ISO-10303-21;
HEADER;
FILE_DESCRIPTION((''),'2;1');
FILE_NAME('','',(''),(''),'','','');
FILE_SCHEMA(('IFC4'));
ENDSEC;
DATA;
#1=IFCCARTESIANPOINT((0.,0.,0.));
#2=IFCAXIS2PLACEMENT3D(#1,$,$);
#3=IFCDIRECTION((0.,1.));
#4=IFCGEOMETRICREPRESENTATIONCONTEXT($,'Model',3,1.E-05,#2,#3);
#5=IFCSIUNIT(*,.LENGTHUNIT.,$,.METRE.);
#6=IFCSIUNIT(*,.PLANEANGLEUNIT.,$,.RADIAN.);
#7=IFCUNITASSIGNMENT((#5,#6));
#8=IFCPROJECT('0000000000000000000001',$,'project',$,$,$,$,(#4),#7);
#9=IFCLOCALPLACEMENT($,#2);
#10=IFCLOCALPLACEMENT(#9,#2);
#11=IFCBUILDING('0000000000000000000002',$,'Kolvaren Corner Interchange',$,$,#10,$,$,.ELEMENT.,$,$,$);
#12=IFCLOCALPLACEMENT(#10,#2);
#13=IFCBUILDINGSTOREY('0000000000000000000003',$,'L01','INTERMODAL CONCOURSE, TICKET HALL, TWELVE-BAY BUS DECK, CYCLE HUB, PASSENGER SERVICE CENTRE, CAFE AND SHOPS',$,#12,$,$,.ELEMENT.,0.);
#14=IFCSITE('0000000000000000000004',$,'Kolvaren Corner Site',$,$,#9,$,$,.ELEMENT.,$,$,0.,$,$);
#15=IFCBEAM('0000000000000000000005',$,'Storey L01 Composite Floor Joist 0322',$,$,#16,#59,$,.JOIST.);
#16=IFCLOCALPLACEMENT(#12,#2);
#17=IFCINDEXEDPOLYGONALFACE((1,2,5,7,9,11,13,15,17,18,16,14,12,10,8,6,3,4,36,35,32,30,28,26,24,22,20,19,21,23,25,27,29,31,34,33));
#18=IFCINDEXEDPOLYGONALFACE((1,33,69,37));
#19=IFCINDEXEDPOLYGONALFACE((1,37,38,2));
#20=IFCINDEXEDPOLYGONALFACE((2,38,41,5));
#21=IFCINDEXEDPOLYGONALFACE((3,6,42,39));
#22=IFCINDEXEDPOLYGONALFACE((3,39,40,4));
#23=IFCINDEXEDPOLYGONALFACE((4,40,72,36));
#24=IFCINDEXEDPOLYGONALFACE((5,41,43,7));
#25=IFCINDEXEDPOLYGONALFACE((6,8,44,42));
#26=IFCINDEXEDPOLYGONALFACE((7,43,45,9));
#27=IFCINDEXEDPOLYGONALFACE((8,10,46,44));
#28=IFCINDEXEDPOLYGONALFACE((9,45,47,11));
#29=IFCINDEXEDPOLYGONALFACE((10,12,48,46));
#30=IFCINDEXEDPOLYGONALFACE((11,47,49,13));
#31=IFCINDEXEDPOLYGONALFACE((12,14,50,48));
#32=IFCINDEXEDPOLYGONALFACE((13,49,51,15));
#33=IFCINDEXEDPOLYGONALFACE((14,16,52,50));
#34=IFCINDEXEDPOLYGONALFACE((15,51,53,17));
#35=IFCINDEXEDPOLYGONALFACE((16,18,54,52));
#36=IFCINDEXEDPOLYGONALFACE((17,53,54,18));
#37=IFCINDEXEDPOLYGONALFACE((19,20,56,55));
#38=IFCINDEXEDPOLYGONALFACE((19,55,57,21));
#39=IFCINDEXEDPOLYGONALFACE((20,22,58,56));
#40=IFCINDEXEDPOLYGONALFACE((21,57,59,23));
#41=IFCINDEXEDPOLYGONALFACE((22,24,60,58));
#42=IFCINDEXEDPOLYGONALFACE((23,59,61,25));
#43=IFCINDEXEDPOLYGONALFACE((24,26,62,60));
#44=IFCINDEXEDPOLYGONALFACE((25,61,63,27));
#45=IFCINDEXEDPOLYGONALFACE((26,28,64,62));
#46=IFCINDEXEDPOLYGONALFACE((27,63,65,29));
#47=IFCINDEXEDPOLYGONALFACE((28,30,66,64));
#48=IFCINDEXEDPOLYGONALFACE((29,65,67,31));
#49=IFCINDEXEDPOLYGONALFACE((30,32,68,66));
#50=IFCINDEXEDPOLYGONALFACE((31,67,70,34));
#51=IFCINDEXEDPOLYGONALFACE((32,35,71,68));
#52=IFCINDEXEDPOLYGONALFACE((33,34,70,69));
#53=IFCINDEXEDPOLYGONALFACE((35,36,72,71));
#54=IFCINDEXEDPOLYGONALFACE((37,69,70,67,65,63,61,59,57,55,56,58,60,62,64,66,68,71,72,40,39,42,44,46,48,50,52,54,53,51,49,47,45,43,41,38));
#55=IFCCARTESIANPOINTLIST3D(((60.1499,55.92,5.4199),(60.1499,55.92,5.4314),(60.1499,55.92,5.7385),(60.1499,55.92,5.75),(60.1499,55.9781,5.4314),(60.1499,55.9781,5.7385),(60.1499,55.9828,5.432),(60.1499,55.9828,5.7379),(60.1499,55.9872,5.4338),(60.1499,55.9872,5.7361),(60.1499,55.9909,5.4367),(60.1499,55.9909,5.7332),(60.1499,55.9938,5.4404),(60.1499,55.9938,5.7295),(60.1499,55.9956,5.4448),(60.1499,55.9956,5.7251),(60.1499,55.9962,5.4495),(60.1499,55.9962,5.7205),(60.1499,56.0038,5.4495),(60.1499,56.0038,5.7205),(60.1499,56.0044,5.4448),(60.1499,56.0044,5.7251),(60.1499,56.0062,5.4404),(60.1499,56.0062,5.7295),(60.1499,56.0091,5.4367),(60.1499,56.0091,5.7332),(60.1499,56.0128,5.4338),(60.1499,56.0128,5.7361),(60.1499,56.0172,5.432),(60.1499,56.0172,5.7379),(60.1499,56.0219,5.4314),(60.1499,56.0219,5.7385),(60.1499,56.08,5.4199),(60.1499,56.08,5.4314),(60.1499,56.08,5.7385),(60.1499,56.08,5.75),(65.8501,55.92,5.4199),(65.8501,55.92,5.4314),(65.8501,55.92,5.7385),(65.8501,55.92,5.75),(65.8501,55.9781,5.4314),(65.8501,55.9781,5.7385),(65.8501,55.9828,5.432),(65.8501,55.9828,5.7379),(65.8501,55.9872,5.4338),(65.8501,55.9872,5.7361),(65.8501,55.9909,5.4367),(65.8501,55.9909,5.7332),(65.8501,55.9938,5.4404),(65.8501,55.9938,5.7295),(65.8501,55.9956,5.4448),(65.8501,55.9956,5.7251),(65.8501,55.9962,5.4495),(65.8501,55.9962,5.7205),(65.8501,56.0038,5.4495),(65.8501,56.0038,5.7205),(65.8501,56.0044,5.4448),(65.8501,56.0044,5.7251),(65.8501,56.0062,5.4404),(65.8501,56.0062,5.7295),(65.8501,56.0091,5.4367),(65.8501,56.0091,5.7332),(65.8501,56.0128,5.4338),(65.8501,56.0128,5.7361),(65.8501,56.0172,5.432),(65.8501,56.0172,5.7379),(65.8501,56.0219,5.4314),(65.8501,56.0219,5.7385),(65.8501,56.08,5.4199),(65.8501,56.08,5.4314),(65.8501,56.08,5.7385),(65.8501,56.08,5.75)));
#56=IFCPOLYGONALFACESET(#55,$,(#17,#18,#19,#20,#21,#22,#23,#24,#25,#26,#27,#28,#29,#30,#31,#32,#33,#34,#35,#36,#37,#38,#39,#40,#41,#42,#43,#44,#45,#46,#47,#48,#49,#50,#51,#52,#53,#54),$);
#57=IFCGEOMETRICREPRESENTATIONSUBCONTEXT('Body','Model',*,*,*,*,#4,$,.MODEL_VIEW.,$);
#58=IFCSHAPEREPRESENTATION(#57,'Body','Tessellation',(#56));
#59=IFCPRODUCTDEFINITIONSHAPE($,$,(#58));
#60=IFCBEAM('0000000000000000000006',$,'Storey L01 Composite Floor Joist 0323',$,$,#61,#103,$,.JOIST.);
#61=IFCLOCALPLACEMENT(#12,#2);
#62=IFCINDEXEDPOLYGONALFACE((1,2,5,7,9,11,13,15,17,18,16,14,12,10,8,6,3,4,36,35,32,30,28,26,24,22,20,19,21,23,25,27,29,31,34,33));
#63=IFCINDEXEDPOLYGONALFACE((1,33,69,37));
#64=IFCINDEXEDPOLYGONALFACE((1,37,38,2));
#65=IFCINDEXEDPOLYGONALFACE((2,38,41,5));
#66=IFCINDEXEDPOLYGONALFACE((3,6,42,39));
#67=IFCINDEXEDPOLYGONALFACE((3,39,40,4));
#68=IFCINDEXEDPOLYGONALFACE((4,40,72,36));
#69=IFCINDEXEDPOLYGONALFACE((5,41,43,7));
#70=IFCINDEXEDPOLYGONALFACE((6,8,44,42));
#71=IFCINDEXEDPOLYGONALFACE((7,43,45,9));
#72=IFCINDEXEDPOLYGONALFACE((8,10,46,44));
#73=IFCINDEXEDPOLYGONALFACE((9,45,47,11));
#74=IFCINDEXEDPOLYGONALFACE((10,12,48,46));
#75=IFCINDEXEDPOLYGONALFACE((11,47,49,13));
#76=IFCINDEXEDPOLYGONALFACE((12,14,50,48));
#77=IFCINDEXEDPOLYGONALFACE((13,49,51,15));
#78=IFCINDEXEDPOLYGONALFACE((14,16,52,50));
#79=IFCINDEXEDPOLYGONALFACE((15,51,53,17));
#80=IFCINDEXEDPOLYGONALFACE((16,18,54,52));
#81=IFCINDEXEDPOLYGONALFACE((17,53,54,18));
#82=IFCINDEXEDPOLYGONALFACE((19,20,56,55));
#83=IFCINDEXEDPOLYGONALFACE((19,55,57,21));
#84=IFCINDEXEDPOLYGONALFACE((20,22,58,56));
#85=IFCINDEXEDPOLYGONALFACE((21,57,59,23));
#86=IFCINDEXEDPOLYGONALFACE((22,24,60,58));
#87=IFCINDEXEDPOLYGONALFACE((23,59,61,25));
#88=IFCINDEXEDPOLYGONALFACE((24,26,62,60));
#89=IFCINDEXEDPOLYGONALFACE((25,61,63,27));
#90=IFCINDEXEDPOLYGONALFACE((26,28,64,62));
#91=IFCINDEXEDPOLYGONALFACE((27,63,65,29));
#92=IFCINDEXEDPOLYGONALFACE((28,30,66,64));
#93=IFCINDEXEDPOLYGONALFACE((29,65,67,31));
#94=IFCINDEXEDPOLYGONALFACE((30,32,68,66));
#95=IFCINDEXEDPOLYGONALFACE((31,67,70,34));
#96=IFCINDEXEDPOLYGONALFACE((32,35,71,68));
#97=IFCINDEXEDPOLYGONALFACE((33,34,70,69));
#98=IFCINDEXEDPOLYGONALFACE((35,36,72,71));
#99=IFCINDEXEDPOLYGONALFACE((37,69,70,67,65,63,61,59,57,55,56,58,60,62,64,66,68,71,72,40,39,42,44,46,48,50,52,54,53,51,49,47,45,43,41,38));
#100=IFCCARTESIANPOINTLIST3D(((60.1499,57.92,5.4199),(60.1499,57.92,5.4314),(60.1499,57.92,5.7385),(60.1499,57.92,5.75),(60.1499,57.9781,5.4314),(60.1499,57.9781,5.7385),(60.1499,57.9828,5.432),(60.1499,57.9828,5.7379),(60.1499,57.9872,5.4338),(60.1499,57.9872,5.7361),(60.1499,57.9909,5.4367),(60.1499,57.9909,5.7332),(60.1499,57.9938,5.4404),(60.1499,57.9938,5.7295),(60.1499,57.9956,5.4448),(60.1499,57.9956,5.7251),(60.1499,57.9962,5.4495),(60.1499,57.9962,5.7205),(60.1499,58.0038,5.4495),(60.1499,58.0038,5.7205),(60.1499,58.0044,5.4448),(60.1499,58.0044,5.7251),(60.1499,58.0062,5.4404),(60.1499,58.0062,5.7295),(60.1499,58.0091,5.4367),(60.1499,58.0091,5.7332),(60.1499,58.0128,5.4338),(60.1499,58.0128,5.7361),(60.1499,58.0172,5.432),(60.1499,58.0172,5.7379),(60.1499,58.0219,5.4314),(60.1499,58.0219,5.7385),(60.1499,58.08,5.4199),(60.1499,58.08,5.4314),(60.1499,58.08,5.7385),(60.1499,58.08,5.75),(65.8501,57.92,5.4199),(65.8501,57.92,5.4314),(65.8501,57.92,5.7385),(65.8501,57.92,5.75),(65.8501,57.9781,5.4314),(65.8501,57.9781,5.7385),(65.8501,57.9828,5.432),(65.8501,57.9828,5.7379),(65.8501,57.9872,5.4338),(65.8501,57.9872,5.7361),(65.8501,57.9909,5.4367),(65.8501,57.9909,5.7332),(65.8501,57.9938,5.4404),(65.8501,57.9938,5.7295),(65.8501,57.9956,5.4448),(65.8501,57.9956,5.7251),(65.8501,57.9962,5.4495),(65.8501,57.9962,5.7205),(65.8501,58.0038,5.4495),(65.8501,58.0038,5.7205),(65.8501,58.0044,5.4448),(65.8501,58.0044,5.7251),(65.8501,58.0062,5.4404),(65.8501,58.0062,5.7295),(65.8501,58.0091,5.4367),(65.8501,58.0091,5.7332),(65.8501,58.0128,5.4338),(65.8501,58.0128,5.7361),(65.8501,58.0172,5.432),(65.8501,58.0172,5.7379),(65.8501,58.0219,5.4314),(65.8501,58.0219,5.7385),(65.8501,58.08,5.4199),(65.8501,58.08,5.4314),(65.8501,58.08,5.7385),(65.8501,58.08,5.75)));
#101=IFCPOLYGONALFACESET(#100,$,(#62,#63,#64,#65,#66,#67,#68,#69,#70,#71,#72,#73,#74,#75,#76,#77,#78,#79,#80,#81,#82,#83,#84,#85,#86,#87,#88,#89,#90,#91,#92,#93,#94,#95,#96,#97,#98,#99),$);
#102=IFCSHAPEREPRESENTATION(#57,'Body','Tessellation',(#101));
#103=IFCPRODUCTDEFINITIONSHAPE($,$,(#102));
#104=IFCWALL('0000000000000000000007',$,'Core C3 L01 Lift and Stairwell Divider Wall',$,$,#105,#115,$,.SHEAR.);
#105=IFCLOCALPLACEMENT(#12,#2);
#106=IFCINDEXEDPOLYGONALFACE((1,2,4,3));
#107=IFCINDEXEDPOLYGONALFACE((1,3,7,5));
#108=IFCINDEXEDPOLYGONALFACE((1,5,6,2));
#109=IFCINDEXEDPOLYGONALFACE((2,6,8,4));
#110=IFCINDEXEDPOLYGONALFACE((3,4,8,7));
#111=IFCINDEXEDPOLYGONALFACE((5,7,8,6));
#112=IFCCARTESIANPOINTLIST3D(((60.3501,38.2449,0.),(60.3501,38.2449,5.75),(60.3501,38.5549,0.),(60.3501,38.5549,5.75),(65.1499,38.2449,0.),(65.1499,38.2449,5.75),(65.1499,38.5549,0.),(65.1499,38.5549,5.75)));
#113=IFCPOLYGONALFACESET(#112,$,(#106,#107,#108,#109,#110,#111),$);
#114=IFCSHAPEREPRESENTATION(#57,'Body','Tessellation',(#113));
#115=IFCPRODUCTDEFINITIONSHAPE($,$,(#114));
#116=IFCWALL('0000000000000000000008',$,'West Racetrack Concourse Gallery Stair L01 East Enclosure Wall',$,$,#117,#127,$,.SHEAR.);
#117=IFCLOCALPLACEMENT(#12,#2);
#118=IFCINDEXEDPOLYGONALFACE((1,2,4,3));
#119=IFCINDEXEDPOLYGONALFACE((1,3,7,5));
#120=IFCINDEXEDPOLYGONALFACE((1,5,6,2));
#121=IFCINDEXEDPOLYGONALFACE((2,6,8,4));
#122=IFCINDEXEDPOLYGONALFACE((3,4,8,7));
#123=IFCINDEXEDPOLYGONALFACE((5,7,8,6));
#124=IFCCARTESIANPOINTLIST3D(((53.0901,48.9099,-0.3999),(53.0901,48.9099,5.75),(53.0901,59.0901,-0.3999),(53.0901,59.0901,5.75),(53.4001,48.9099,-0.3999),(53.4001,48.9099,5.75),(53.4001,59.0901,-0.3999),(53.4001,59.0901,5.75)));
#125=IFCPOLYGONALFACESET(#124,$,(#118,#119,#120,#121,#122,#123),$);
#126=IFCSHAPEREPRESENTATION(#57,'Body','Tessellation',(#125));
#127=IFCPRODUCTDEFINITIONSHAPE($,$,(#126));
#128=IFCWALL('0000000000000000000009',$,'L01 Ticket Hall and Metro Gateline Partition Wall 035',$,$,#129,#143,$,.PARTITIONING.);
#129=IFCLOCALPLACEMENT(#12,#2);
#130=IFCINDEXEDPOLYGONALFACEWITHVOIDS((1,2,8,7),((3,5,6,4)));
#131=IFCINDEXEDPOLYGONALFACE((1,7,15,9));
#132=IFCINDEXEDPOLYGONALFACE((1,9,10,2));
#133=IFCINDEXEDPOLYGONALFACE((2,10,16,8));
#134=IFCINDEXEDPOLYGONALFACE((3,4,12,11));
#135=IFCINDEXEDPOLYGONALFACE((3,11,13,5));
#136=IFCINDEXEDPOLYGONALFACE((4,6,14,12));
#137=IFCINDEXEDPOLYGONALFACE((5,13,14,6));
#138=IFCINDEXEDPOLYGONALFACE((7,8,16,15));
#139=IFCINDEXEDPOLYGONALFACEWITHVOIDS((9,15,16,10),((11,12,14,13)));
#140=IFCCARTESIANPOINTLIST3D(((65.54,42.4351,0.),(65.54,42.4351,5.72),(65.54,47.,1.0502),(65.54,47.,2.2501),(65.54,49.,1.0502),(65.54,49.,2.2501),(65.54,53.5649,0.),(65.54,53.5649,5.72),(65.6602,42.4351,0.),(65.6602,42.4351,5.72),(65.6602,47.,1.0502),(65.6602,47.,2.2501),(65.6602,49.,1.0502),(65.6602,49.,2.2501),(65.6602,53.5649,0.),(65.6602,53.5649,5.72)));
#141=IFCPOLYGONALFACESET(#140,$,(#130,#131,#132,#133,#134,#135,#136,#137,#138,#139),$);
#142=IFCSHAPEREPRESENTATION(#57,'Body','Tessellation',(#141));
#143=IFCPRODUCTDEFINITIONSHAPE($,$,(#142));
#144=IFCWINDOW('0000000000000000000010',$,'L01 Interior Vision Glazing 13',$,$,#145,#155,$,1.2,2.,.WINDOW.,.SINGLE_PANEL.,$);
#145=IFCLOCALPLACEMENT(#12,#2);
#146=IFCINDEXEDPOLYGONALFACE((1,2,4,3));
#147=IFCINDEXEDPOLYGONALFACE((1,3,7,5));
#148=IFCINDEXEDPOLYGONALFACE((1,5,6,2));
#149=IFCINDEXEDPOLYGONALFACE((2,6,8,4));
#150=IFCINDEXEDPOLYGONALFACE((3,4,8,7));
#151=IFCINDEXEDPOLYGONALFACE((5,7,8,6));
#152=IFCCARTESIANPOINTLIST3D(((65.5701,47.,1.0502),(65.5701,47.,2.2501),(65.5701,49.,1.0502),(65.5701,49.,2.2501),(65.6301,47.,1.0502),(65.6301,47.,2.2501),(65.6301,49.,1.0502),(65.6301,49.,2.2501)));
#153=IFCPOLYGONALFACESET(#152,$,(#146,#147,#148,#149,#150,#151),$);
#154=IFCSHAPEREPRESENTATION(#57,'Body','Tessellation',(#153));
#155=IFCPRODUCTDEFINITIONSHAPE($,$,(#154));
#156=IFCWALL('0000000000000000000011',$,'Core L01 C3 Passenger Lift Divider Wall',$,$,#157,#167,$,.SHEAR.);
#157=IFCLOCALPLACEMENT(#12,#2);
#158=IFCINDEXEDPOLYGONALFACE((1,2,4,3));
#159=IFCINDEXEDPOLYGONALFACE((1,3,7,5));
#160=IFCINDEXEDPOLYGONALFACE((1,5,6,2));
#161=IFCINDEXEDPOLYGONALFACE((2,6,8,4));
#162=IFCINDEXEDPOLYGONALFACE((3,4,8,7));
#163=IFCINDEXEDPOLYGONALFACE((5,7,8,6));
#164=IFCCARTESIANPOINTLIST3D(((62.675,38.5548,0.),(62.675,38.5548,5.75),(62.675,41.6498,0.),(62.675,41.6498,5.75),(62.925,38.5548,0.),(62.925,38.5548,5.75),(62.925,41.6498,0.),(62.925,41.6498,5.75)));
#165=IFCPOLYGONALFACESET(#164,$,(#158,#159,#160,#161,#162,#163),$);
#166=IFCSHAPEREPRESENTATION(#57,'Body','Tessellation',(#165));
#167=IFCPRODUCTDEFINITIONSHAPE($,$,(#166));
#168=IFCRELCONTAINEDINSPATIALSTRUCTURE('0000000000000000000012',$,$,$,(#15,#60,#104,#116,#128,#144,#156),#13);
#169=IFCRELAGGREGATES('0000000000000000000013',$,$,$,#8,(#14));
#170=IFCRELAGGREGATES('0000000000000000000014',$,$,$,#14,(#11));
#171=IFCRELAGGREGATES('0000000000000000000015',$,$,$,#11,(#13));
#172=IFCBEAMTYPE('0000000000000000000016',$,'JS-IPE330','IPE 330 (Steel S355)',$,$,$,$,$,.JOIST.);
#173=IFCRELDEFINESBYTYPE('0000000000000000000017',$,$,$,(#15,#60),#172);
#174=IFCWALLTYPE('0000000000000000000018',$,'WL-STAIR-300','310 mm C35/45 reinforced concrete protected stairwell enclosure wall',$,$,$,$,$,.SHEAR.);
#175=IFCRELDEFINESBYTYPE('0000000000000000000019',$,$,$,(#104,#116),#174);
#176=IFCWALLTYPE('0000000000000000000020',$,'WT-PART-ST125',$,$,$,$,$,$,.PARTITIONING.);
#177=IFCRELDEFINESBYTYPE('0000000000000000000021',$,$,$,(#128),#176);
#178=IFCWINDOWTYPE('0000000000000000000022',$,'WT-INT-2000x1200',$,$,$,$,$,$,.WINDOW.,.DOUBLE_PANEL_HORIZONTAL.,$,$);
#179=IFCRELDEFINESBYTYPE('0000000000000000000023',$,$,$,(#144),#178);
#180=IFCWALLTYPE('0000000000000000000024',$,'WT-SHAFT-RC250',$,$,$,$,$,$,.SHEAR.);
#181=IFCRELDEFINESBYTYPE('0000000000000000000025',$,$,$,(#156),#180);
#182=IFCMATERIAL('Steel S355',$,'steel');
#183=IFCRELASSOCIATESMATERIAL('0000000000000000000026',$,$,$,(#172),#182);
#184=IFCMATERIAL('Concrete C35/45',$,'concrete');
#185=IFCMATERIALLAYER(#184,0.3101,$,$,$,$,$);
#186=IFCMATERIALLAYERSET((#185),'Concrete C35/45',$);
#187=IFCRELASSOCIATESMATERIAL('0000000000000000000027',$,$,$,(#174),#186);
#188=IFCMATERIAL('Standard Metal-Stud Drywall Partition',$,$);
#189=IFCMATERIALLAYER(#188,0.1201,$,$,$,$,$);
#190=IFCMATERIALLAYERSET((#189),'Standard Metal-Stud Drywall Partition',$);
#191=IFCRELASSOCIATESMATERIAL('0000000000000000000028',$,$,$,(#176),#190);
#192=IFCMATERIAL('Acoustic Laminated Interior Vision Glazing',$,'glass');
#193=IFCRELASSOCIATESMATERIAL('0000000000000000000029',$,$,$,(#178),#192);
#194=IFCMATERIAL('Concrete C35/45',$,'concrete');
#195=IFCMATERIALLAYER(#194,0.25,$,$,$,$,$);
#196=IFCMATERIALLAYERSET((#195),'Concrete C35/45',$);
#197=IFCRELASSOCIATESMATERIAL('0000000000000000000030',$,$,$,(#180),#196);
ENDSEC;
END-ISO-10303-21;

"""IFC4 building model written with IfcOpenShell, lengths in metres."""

from ifc_helpers import new_model, si_unit, direction, frame, frame_2d, origin, origin_2d, place, context, subcontext, project, spatial, rectangle, i_section, extrude, material, layer, layer_set, material_profile, profile_set, type_object, element, fill, save


model = new_model("IFC4")

# Units and contexts
model_context = context("Model", 3, precision=1e-05, world=origin(), true_north=direction((0.0, 1.0)))
body_context = subcontext(model_context, "Body", "Model", "MODEL_VIEW")
ifc_project = project(units=[si_unit("LENGTHUNIT", "METRE"), si_unit("PLANEANGLEUNIT", "RADIAN")], contexts=[model_context])

# Site, building, storey
site_placement = place(None, origin())
site = spatial("IfcSite", under=ifc_project, at=site_placement, Name="Kolvaren Corner Site", CompositionType="ELEMENT", RefElevation=0.0)
building_placement = place(site_placement, origin())
building = spatial("IfcBuilding", under=site, at=building_placement, Name="Kolvaren Corner Interchange", CompositionType="ELEMENT")
storey_placement = place(building_placement, origin())
storey = spatial("IfcBuildingStorey", under=building, at=storey_placement, Name="L01", Description="INTERMODAL CONCOURSE, TICKET HALL, TWELVE-BAY BUS DECK, CYCLE HUB, PASSENGER SERVICE CENTRE, CAFE AND SHOPS", CompositionType="ELEMENT", Elevation=0.0)

# Beams
ifc_material_1 = material(Name="Steel S355", Category="steel")
ifc_material_profile_1 = material_profile(ifc_material_1, i_section(OverallWidth=0.1599, OverallDepth=0.3301, WebThickness=0.0076, FlangeThickness=0.0115, FilletRadius=0.0181, at=origin_2d()), Name="IPE 330")
ifc_profile_set_1 = profile_set([ifc_material_profile_1], Name="Steel S355")
beam_type_1 = type_object("IfcBeamType", Name="JS-IPE330", Description="IPE 330 (Steel S355)", PredefinedType="JOIST", material=ifc_profile_set_1)
for number, where, z_axis, x_axis, name in (
    (1, (60.1499, 56.0, 5.585), (1.0, 0.0, 0.0), (0.0, 1.0, 0.0), "Storey L01 Composite Floor Joist 0322"),
    (2, (60.1499, 58.0, 5.585), (1.0, 0.0, 0.0), (0.0, 1.0, 0.0), "Storey L01 Composite Floor Joist 0323"),
):
    element("IfcBeam", number, at=place(storey_placement, frame(where, z_axis=z_axis, x_axis=x_axis)), inside=storey, type_object=beam_type_1, Name=name, PredefinedType="JOIST", context=body_context, shape_type="SweptSolid", body=[
        extrude(i_section(OverallWidth=0.1599, OverallDepth=0.3301, WebThickness=0.0076, FlangeThickness=0.0115, FilletRadius=0.0181, at=origin_2d()), origin(), (0.0, 0.0, 1.0), 5.7002),
    ])

# Walls
ifc_material_2 = material(Name="Concrete C35/45", Category="concrete")
ifc_layer_1 = layer(ifc_material_2, 0.3101)
ifc_layer_set_1 = layer_set([ifc_layer_1], Name="Concrete C35/45")
wall_type_1 = type_object("IfcWallType", Name="WL-STAIR-300", Description="310 mm C35/45 reinforced concrete protected stairwell enclosure wall", PredefinedType="SHEAR", material=ifc_layer_set_1)
wall_1_placement = place(storey_placement, frame((60.3501, 38.3999, 0.0), z_axis=(0.0, 0.0, 1.0), x_axis=(1.0, 0.0, 0.0)))
element("IfcWall", 3, at=wall_1_placement, inside=storey, type_object=wall_type_1, Name="Core C3 L01 Lift and Stairwell Divider Wall", PredefinedType="SHEAR", context=body_context, shape_type="SweptSolid", body=[
    extrude(rectangle(XDim=4.7998, YDim=0.3101, at=frame_2d((2.3999, 0.0))), origin(), (0.0, 0.0, 1.0), 5.75),
])
wall_2_placement = place(storey_placement, frame((53.2451, 48.9099, -0.3999), z_axis=(0.0, 0.0, 1.0), x_axis=(0.0, 1.0, 0.0)))
element("IfcWall", 4, at=wall_2_placement, inside=storey, type_object=wall_type_1, Name="West Racetrack Concourse Gallery Stair L01 East Enclosure Wall", PredefinedType="SHEAR", context=body_context, shape_type="SweptSolid", body=[
    extrude(rectangle(XDim=10.1802, YDim=0.3101, at=frame_2d((5.0901, 0.0))), origin(), (0.0, 0.0, 1.0), 6.1499),
])

# Wall, opening, window
ifc_material_3 = material(Name="Standard Metal-Stud Drywall Partition")
ifc_layer_2 = layer(ifc_material_3, 0.1201)
ifc_layer_set_2 = layer_set([ifc_layer_2], Name="Standard Metal-Stud Drywall Partition")
wall_type_2 = type_object("IfcWallType", Name="WT-PART-ST125", PredefinedType="PARTITIONING", material=ifc_layer_set_2)
wall_3_placement = place(storey_placement, frame((65.6001, 42.4351, 0.0), z_axis=(0.0, 0.0, 1.0), x_axis=(0.0, 1.0, 0.0)))
wall_3 = element("IfcWall", 5, at=wall_3_placement, inside=storey, type_object=wall_type_2, Name="L01 Ticket Hall and Metro Gateline Partition Wall 035", PredefinedType="PARTITIONING", context=body_context, shape_type="SweptSolid", body=[
    extrude(rectangle(XDim=11.1299, YDim=0.1201, at=frame_2d((5.5649, 0.0))), origin(), (0.0, 0.0, 1.0), 5.72),
])
opening_1_placement = place(wall_3_placement, frame((4.5649, 0.0, 1.05)))
opening_1 = element("IfcOpeningElement", 6, at=opening_1_placement, cuts=wall_3, PredefinedType="OPENING", context=body_context, shape_type="SweptSolid", body=[
    extrude(rectangle(XDim=2.0, YDim=1.2, at=frame_2d((1.0, 0.6001))), frame((0.0, 0.0701, 0.0), z_axis=(0.0, -1.0, 0.0), x_axis=(1.0, 0.0, 0.0)), (0.0, 0.0, 1.0), 0.1401),
])
ifc_material_4 = material(Name="Acoustic Laminated Interior Vision Glazing", Category="glass")
window_type = type_object("IfcWindowType", Name="WT-INT-2000x1200", PartitioningType="DOUBLE_PANEL_HORIZONTAL", PredefinedType="WINDOW", material=ifc_material_4)
window_placement = place(opening_1_placement, origin())
window = element("IfcWindow", 7, at=window_placement, inside=storey, type_object=window_type, Name="L01 Interior Vision Glazing 13", OverallHeight=1.2, OverallWidth=2.0, PartitioningType="SINGLE_PANEL", PredefinedType="WINDOW", context=body_context, shape_type="SweptSolid", body=[
    extrude(rectangle(XDim=2.0, YDim=1.2, at=frame_2d((1.0, 0.6001))), frame((0.0, 0.03, 0.0), z_axis=(0.0, -1.0, 0.0), x_axis=(1.0, 0.0, 0.0)), (0.0, 0.0, 1.0), 0.0601),
])
fill(opening_1, window)

# Wall
ifc_material_5 = material(Name="Concrete C35/45", Category="concrete")
ifc_layer_3 = layer(ifc_material_5, 0.25)
ifc_layer_set_3 = layer_set([ifc_layer_3], Name="Concrete C35/45")
wall_type_3 = type_object("IfcWallType", Name="WT-SHAFT-RC250", PredefinedType="SHEAR", material=ifc_layer_set_3)
wall_4_placement = place(storey_placement, frame((62.8, 38.5549, 0.0), z_axis=(0.0, 0.0, 1.0), x_axis=(0.0, 1.0, 0.0)))
element("IfcWall", 8, at=wall_4_placement, inside=storey, type_object=wall_type_3, Name="Core L01 C3 Passenger Lift Divider Wall", PredefinedType="SHEAR", context=body_context, shape_type="SweptSolid", body=[
    extrude(rectangle(XDim=3.095, YDim=0.25, at=frame_2d((1.5474, 0.0))), origin(), (0.0, 0.0, 1.0), 5.75),
])

save(model, "model.ifc")
